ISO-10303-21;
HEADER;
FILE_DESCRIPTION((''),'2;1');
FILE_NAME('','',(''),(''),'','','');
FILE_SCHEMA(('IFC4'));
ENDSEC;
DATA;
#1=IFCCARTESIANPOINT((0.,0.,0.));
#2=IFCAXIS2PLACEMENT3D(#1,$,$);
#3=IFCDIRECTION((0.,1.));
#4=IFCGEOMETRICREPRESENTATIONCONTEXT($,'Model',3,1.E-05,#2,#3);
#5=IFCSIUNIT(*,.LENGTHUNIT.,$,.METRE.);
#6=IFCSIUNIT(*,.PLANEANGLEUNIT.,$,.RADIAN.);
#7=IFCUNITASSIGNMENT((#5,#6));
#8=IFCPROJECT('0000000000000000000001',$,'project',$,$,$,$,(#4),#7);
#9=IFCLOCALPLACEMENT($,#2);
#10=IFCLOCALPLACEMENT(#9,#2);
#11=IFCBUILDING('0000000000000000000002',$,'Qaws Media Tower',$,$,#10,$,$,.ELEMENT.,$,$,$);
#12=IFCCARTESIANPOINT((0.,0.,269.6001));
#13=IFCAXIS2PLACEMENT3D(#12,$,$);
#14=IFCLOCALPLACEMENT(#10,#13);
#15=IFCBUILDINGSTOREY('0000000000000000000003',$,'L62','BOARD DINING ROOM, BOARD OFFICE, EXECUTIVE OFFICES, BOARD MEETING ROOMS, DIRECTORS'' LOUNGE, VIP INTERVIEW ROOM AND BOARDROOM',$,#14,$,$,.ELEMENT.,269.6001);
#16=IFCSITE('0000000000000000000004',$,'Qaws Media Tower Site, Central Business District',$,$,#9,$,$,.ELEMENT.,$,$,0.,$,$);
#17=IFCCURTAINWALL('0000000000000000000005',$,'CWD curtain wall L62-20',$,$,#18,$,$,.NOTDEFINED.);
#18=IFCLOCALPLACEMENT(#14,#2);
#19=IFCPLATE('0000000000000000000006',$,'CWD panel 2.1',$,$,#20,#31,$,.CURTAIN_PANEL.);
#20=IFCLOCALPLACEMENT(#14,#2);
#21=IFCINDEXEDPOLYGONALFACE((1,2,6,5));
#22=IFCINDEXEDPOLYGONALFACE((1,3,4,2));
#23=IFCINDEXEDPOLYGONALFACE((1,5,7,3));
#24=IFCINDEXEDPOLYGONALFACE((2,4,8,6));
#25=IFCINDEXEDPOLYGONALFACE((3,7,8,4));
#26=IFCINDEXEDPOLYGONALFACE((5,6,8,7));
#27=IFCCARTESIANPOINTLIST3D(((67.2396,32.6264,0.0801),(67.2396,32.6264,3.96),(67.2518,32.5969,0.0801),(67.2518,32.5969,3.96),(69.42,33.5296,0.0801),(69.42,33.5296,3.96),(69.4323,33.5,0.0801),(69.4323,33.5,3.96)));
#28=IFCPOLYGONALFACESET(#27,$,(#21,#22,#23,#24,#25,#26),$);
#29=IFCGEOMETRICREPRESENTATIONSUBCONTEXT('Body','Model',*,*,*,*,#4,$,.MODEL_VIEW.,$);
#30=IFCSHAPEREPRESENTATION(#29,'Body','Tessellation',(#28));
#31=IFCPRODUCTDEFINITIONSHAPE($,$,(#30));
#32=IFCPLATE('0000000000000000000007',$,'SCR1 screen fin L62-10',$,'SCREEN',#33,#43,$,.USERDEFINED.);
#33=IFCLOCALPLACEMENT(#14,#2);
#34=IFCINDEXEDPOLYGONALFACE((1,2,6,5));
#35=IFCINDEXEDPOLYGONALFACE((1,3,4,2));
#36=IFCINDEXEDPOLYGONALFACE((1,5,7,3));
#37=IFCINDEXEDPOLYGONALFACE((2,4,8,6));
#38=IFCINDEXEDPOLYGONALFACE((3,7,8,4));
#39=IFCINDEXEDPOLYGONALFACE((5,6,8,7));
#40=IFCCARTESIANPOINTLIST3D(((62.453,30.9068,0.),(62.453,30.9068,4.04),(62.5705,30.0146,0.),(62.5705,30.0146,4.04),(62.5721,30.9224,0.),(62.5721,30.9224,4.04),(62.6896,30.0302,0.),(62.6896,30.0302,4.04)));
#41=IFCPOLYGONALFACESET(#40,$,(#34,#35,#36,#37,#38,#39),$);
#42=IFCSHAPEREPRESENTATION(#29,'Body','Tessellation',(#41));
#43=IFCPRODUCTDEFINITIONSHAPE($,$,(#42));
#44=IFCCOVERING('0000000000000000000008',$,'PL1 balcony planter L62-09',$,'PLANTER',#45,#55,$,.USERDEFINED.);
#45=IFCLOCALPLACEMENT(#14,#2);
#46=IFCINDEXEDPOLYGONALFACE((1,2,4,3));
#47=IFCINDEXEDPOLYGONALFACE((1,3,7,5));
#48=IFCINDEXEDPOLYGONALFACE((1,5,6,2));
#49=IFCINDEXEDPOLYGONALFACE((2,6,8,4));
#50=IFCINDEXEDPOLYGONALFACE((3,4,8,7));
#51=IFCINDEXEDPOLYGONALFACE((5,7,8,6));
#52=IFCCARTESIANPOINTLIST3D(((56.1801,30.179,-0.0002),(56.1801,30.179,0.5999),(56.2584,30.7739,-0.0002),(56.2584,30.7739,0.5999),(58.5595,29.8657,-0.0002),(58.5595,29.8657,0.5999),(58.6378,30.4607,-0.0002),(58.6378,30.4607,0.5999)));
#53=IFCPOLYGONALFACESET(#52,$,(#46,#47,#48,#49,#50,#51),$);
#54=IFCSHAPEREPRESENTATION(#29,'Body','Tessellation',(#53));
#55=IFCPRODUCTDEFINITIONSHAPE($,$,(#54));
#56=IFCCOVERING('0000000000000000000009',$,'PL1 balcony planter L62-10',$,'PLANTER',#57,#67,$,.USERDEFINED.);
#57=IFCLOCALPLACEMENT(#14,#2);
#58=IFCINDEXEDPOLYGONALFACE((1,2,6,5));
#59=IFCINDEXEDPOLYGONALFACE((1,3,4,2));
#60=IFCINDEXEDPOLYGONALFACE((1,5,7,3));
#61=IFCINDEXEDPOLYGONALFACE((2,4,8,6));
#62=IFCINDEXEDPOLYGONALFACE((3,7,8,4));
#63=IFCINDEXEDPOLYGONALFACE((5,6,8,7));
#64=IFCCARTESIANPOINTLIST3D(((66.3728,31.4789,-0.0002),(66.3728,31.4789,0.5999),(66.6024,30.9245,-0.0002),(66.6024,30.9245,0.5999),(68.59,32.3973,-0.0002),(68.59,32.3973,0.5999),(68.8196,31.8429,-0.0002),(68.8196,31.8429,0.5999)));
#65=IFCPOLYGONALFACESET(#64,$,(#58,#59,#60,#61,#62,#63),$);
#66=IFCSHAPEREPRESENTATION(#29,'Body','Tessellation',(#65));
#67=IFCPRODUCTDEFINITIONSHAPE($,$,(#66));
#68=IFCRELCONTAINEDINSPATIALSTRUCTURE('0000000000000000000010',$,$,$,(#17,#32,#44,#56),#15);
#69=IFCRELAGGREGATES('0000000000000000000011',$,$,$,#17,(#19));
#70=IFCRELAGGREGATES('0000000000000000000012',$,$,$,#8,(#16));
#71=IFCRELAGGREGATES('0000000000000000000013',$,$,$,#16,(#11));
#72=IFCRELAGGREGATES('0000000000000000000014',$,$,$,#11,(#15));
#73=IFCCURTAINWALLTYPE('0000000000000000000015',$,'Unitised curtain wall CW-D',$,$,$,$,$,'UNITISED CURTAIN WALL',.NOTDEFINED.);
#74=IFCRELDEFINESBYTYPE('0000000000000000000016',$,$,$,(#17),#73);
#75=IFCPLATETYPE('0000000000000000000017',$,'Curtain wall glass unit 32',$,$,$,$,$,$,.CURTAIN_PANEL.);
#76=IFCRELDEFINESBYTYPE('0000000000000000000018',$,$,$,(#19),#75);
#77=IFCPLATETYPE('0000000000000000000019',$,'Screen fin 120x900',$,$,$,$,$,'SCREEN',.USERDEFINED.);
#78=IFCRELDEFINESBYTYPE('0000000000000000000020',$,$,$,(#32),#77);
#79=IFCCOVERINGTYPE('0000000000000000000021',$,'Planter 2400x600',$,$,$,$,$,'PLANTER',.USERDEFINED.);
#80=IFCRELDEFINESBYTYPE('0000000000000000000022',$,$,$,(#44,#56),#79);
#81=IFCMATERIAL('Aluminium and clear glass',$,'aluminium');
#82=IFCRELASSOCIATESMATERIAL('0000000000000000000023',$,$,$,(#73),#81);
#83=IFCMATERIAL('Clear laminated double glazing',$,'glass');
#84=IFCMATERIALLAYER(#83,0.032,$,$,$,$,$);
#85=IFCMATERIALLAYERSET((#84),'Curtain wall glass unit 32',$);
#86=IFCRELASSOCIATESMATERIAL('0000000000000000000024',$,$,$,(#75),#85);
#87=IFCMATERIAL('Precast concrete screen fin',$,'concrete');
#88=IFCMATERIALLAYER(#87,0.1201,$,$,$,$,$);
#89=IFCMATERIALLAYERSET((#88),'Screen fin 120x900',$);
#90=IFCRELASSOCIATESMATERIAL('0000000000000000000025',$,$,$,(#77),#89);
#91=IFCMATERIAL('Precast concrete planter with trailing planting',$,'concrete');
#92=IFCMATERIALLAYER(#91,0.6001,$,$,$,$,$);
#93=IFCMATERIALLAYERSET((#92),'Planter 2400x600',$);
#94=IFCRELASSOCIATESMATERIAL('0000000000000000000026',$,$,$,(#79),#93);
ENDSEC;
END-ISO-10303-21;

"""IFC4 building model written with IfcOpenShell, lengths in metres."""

from ifc_helpers import new_model, si_unit, direction, frame, origin, origin_2d, place, context, subcontext, project, spatial, rectangle, extrude, material, layer, layer_set, type_object, element, aggregate, save


model = new_model("IFC4")

# Units and contexts
model_context = context("Model", 3, precision=1e-05, world=origin(), true_north=direction((0.0, 1.0)))
body_context = subcontext(model_context, "Body", "Model", "MODEL_VIEW")
ifc_project = project(units=[si_unit("LENGTHUNIT", "METRE"), si_unit("PLANEANGLEUNIT", "RADIAN")], contexts=[model_context])

# Site, building, storey
site_placement = place(None, origin())
site = spatial("IfcSite", under=ifc_project, at=site_placement, Name="Qaws Media Tower Site, Central Business District", CompositionType="ELEMENT", RefElevation=0.0)
building_placement = place(site_placement, origin())
building = spatial("IfcBuilding", under=site, at=building_placement, Name="Qaws Media Tower", CompositionType="ELEMENT")
storey_placement = place(building_placement, frame((0.0, 0.0, 269.6001)))
storey = spatial("IfcBuildingStorey", under=building, at=storey_placement, Name="L62", Description="BOARD DINING ROOM, BOARD OFFICE, EXECUTIVE OFFICES, BOARD MEETING ROOMS, DIRECTORS' LOUNGE, VIP INTERVIEW ROOM AND BOARDROOM", CompositionType="ELEMENT", Elevation=269.6001)

# Curtain wall
ifc_material_1 = material(Name="Aluminium and clear glass", Category="aluminium")
curtain_wall_type = type_object("IfcCurtainWallType", Name="Unitised curtain wall CW-D", ElementType="UNITISED CURTAIN WALL", PredefinedType="NOTDEFINED", material=ifc_material_1)
curtain_wall_1_placement = place(storey_placement, origin())
curtain_wall_1 = element("IfcCurtainWall", 1, at=curtain_wall_1_placement, inside=storey, type_object=curtain_wall_type, Name="CWD curtain wall L62-20", PredefinedType="NOTDEFINED")

# Plates
ifc_material_2 = material(Name="Clear laminated double glazing", Category="glass")
ifc_layer_1 = layer(ifc_material_2, 0.032)
ifc_layer_set_1 = layer_set([ifc_layer_1], Name="Curtain wall glass unit 32")
plate_type_1 = type_object("IfcPlateType", Name="Curtain wall glass unit 32", PredefinedType="CURTAIN_PANEL", material=ifc_layer_set_1)
plate_1_placement = place(storey_placement, frame((68.3359, 33.0632, 0.0801), z_axis=(0.0, 0.0, 1.0), x_axis=(0.92388, 0.382683, 0.0)))
plate_1 = element("IfcPlate", 2, at=plate_1_placement, type_object=plate_type_1, Name="CWD panel 2.1", PredefinedType="CURTAIN_PANEL", context=body_context, shape_type="SweptSolid", body=[
    extrude(rectangle(XDim=2.3601, YDim=0.032, at=origin_2d()), origin(), (0.0, 0.0, 1.0), 3.8799),
])
aggregate(curtain_wall_1, [plate_1])
ifc_material_3 = material(Name="Precast concrete screen fin", Category="concrete")
ifc_layer_2 = layer(ifc_material_3, 0.1201)
ifc_layer_set_2 = layer_set([ifc_layer_2], Name="Screen fin 120x900")
plate_type_2 = type_object("IfcPlateType", Name="Screen fin 120x900", ElementType="SCREEN", PredefinedType="USERDEFINED", material=ifc_layer_set_2)
plate_2_placement = place(storey_placement, frame((62.5713, 30.4685, 0.0), z_axis=(0.0, 0.0, 1.0), x_axis=(0.130526, -0.991445, 0.0)))
element("IfcPlate", 3, at=plate_2_placement, inside=storey, type_object=plate_type_2, Name="SCR1 screen fin L62-10", ObjectType="SCREEN", PredefinedType="USERDEFINED", context=body_context, shape_type="SweptSolid", body=[
    extrude(rectangle(XDim=0.8999, YDim=0.1201, at=origin_2d()), origin(), (0.0, 0.0, 1.0), 4.04),
])

# Coverings
ifc_material_4 = material(Name="Precast concrete planter with trailing planting", Category="concrete")
ifc_layer_3 = layer(ifc_material_4, 0.6001)
ifc_layer_set_3 = layer_set([ifc_layer_3], Name="Planter 2400x600")
covering_type = type_object("IfcCoveringType", Name="Planter 2400x600", ElementType="PLANTER", PredefinedType="USERDEFINED", material=ifc_layer_set_3)
for number, where, z_axis, x_axis, name in (
    (4, (57.4089, 30.3198, -0.0002), (0.0, 0.0, 1.0), (0.991445, -0.130526, 0.0), "PL1 balcony planter L62-09"),
    (5, (67.5962, 31.6609, -0.0002), (0.0, 0.0, 1.0), (0.92388, 0.382683, 0.0), "PL1 balcony planter L62-10"),
):
    element("IfcCovering", number, at=place(storey_placement, frame(where, z_axis=z_axis, x_axis=x_axis)), inside=storey, type_object=covering_type, Name=name, ObjectType="PLANTER", PredefinedType="USERDEFINED", context=body_context, shape_type="SweptSolid", body=[
        extrude(rectangle(XDim=2.3999, YDim=0.6001, at=origin_2d()), origin(), (0.0, 0.0, 1.0), 0.6001),
    ])

save(model, "model.ifc")
